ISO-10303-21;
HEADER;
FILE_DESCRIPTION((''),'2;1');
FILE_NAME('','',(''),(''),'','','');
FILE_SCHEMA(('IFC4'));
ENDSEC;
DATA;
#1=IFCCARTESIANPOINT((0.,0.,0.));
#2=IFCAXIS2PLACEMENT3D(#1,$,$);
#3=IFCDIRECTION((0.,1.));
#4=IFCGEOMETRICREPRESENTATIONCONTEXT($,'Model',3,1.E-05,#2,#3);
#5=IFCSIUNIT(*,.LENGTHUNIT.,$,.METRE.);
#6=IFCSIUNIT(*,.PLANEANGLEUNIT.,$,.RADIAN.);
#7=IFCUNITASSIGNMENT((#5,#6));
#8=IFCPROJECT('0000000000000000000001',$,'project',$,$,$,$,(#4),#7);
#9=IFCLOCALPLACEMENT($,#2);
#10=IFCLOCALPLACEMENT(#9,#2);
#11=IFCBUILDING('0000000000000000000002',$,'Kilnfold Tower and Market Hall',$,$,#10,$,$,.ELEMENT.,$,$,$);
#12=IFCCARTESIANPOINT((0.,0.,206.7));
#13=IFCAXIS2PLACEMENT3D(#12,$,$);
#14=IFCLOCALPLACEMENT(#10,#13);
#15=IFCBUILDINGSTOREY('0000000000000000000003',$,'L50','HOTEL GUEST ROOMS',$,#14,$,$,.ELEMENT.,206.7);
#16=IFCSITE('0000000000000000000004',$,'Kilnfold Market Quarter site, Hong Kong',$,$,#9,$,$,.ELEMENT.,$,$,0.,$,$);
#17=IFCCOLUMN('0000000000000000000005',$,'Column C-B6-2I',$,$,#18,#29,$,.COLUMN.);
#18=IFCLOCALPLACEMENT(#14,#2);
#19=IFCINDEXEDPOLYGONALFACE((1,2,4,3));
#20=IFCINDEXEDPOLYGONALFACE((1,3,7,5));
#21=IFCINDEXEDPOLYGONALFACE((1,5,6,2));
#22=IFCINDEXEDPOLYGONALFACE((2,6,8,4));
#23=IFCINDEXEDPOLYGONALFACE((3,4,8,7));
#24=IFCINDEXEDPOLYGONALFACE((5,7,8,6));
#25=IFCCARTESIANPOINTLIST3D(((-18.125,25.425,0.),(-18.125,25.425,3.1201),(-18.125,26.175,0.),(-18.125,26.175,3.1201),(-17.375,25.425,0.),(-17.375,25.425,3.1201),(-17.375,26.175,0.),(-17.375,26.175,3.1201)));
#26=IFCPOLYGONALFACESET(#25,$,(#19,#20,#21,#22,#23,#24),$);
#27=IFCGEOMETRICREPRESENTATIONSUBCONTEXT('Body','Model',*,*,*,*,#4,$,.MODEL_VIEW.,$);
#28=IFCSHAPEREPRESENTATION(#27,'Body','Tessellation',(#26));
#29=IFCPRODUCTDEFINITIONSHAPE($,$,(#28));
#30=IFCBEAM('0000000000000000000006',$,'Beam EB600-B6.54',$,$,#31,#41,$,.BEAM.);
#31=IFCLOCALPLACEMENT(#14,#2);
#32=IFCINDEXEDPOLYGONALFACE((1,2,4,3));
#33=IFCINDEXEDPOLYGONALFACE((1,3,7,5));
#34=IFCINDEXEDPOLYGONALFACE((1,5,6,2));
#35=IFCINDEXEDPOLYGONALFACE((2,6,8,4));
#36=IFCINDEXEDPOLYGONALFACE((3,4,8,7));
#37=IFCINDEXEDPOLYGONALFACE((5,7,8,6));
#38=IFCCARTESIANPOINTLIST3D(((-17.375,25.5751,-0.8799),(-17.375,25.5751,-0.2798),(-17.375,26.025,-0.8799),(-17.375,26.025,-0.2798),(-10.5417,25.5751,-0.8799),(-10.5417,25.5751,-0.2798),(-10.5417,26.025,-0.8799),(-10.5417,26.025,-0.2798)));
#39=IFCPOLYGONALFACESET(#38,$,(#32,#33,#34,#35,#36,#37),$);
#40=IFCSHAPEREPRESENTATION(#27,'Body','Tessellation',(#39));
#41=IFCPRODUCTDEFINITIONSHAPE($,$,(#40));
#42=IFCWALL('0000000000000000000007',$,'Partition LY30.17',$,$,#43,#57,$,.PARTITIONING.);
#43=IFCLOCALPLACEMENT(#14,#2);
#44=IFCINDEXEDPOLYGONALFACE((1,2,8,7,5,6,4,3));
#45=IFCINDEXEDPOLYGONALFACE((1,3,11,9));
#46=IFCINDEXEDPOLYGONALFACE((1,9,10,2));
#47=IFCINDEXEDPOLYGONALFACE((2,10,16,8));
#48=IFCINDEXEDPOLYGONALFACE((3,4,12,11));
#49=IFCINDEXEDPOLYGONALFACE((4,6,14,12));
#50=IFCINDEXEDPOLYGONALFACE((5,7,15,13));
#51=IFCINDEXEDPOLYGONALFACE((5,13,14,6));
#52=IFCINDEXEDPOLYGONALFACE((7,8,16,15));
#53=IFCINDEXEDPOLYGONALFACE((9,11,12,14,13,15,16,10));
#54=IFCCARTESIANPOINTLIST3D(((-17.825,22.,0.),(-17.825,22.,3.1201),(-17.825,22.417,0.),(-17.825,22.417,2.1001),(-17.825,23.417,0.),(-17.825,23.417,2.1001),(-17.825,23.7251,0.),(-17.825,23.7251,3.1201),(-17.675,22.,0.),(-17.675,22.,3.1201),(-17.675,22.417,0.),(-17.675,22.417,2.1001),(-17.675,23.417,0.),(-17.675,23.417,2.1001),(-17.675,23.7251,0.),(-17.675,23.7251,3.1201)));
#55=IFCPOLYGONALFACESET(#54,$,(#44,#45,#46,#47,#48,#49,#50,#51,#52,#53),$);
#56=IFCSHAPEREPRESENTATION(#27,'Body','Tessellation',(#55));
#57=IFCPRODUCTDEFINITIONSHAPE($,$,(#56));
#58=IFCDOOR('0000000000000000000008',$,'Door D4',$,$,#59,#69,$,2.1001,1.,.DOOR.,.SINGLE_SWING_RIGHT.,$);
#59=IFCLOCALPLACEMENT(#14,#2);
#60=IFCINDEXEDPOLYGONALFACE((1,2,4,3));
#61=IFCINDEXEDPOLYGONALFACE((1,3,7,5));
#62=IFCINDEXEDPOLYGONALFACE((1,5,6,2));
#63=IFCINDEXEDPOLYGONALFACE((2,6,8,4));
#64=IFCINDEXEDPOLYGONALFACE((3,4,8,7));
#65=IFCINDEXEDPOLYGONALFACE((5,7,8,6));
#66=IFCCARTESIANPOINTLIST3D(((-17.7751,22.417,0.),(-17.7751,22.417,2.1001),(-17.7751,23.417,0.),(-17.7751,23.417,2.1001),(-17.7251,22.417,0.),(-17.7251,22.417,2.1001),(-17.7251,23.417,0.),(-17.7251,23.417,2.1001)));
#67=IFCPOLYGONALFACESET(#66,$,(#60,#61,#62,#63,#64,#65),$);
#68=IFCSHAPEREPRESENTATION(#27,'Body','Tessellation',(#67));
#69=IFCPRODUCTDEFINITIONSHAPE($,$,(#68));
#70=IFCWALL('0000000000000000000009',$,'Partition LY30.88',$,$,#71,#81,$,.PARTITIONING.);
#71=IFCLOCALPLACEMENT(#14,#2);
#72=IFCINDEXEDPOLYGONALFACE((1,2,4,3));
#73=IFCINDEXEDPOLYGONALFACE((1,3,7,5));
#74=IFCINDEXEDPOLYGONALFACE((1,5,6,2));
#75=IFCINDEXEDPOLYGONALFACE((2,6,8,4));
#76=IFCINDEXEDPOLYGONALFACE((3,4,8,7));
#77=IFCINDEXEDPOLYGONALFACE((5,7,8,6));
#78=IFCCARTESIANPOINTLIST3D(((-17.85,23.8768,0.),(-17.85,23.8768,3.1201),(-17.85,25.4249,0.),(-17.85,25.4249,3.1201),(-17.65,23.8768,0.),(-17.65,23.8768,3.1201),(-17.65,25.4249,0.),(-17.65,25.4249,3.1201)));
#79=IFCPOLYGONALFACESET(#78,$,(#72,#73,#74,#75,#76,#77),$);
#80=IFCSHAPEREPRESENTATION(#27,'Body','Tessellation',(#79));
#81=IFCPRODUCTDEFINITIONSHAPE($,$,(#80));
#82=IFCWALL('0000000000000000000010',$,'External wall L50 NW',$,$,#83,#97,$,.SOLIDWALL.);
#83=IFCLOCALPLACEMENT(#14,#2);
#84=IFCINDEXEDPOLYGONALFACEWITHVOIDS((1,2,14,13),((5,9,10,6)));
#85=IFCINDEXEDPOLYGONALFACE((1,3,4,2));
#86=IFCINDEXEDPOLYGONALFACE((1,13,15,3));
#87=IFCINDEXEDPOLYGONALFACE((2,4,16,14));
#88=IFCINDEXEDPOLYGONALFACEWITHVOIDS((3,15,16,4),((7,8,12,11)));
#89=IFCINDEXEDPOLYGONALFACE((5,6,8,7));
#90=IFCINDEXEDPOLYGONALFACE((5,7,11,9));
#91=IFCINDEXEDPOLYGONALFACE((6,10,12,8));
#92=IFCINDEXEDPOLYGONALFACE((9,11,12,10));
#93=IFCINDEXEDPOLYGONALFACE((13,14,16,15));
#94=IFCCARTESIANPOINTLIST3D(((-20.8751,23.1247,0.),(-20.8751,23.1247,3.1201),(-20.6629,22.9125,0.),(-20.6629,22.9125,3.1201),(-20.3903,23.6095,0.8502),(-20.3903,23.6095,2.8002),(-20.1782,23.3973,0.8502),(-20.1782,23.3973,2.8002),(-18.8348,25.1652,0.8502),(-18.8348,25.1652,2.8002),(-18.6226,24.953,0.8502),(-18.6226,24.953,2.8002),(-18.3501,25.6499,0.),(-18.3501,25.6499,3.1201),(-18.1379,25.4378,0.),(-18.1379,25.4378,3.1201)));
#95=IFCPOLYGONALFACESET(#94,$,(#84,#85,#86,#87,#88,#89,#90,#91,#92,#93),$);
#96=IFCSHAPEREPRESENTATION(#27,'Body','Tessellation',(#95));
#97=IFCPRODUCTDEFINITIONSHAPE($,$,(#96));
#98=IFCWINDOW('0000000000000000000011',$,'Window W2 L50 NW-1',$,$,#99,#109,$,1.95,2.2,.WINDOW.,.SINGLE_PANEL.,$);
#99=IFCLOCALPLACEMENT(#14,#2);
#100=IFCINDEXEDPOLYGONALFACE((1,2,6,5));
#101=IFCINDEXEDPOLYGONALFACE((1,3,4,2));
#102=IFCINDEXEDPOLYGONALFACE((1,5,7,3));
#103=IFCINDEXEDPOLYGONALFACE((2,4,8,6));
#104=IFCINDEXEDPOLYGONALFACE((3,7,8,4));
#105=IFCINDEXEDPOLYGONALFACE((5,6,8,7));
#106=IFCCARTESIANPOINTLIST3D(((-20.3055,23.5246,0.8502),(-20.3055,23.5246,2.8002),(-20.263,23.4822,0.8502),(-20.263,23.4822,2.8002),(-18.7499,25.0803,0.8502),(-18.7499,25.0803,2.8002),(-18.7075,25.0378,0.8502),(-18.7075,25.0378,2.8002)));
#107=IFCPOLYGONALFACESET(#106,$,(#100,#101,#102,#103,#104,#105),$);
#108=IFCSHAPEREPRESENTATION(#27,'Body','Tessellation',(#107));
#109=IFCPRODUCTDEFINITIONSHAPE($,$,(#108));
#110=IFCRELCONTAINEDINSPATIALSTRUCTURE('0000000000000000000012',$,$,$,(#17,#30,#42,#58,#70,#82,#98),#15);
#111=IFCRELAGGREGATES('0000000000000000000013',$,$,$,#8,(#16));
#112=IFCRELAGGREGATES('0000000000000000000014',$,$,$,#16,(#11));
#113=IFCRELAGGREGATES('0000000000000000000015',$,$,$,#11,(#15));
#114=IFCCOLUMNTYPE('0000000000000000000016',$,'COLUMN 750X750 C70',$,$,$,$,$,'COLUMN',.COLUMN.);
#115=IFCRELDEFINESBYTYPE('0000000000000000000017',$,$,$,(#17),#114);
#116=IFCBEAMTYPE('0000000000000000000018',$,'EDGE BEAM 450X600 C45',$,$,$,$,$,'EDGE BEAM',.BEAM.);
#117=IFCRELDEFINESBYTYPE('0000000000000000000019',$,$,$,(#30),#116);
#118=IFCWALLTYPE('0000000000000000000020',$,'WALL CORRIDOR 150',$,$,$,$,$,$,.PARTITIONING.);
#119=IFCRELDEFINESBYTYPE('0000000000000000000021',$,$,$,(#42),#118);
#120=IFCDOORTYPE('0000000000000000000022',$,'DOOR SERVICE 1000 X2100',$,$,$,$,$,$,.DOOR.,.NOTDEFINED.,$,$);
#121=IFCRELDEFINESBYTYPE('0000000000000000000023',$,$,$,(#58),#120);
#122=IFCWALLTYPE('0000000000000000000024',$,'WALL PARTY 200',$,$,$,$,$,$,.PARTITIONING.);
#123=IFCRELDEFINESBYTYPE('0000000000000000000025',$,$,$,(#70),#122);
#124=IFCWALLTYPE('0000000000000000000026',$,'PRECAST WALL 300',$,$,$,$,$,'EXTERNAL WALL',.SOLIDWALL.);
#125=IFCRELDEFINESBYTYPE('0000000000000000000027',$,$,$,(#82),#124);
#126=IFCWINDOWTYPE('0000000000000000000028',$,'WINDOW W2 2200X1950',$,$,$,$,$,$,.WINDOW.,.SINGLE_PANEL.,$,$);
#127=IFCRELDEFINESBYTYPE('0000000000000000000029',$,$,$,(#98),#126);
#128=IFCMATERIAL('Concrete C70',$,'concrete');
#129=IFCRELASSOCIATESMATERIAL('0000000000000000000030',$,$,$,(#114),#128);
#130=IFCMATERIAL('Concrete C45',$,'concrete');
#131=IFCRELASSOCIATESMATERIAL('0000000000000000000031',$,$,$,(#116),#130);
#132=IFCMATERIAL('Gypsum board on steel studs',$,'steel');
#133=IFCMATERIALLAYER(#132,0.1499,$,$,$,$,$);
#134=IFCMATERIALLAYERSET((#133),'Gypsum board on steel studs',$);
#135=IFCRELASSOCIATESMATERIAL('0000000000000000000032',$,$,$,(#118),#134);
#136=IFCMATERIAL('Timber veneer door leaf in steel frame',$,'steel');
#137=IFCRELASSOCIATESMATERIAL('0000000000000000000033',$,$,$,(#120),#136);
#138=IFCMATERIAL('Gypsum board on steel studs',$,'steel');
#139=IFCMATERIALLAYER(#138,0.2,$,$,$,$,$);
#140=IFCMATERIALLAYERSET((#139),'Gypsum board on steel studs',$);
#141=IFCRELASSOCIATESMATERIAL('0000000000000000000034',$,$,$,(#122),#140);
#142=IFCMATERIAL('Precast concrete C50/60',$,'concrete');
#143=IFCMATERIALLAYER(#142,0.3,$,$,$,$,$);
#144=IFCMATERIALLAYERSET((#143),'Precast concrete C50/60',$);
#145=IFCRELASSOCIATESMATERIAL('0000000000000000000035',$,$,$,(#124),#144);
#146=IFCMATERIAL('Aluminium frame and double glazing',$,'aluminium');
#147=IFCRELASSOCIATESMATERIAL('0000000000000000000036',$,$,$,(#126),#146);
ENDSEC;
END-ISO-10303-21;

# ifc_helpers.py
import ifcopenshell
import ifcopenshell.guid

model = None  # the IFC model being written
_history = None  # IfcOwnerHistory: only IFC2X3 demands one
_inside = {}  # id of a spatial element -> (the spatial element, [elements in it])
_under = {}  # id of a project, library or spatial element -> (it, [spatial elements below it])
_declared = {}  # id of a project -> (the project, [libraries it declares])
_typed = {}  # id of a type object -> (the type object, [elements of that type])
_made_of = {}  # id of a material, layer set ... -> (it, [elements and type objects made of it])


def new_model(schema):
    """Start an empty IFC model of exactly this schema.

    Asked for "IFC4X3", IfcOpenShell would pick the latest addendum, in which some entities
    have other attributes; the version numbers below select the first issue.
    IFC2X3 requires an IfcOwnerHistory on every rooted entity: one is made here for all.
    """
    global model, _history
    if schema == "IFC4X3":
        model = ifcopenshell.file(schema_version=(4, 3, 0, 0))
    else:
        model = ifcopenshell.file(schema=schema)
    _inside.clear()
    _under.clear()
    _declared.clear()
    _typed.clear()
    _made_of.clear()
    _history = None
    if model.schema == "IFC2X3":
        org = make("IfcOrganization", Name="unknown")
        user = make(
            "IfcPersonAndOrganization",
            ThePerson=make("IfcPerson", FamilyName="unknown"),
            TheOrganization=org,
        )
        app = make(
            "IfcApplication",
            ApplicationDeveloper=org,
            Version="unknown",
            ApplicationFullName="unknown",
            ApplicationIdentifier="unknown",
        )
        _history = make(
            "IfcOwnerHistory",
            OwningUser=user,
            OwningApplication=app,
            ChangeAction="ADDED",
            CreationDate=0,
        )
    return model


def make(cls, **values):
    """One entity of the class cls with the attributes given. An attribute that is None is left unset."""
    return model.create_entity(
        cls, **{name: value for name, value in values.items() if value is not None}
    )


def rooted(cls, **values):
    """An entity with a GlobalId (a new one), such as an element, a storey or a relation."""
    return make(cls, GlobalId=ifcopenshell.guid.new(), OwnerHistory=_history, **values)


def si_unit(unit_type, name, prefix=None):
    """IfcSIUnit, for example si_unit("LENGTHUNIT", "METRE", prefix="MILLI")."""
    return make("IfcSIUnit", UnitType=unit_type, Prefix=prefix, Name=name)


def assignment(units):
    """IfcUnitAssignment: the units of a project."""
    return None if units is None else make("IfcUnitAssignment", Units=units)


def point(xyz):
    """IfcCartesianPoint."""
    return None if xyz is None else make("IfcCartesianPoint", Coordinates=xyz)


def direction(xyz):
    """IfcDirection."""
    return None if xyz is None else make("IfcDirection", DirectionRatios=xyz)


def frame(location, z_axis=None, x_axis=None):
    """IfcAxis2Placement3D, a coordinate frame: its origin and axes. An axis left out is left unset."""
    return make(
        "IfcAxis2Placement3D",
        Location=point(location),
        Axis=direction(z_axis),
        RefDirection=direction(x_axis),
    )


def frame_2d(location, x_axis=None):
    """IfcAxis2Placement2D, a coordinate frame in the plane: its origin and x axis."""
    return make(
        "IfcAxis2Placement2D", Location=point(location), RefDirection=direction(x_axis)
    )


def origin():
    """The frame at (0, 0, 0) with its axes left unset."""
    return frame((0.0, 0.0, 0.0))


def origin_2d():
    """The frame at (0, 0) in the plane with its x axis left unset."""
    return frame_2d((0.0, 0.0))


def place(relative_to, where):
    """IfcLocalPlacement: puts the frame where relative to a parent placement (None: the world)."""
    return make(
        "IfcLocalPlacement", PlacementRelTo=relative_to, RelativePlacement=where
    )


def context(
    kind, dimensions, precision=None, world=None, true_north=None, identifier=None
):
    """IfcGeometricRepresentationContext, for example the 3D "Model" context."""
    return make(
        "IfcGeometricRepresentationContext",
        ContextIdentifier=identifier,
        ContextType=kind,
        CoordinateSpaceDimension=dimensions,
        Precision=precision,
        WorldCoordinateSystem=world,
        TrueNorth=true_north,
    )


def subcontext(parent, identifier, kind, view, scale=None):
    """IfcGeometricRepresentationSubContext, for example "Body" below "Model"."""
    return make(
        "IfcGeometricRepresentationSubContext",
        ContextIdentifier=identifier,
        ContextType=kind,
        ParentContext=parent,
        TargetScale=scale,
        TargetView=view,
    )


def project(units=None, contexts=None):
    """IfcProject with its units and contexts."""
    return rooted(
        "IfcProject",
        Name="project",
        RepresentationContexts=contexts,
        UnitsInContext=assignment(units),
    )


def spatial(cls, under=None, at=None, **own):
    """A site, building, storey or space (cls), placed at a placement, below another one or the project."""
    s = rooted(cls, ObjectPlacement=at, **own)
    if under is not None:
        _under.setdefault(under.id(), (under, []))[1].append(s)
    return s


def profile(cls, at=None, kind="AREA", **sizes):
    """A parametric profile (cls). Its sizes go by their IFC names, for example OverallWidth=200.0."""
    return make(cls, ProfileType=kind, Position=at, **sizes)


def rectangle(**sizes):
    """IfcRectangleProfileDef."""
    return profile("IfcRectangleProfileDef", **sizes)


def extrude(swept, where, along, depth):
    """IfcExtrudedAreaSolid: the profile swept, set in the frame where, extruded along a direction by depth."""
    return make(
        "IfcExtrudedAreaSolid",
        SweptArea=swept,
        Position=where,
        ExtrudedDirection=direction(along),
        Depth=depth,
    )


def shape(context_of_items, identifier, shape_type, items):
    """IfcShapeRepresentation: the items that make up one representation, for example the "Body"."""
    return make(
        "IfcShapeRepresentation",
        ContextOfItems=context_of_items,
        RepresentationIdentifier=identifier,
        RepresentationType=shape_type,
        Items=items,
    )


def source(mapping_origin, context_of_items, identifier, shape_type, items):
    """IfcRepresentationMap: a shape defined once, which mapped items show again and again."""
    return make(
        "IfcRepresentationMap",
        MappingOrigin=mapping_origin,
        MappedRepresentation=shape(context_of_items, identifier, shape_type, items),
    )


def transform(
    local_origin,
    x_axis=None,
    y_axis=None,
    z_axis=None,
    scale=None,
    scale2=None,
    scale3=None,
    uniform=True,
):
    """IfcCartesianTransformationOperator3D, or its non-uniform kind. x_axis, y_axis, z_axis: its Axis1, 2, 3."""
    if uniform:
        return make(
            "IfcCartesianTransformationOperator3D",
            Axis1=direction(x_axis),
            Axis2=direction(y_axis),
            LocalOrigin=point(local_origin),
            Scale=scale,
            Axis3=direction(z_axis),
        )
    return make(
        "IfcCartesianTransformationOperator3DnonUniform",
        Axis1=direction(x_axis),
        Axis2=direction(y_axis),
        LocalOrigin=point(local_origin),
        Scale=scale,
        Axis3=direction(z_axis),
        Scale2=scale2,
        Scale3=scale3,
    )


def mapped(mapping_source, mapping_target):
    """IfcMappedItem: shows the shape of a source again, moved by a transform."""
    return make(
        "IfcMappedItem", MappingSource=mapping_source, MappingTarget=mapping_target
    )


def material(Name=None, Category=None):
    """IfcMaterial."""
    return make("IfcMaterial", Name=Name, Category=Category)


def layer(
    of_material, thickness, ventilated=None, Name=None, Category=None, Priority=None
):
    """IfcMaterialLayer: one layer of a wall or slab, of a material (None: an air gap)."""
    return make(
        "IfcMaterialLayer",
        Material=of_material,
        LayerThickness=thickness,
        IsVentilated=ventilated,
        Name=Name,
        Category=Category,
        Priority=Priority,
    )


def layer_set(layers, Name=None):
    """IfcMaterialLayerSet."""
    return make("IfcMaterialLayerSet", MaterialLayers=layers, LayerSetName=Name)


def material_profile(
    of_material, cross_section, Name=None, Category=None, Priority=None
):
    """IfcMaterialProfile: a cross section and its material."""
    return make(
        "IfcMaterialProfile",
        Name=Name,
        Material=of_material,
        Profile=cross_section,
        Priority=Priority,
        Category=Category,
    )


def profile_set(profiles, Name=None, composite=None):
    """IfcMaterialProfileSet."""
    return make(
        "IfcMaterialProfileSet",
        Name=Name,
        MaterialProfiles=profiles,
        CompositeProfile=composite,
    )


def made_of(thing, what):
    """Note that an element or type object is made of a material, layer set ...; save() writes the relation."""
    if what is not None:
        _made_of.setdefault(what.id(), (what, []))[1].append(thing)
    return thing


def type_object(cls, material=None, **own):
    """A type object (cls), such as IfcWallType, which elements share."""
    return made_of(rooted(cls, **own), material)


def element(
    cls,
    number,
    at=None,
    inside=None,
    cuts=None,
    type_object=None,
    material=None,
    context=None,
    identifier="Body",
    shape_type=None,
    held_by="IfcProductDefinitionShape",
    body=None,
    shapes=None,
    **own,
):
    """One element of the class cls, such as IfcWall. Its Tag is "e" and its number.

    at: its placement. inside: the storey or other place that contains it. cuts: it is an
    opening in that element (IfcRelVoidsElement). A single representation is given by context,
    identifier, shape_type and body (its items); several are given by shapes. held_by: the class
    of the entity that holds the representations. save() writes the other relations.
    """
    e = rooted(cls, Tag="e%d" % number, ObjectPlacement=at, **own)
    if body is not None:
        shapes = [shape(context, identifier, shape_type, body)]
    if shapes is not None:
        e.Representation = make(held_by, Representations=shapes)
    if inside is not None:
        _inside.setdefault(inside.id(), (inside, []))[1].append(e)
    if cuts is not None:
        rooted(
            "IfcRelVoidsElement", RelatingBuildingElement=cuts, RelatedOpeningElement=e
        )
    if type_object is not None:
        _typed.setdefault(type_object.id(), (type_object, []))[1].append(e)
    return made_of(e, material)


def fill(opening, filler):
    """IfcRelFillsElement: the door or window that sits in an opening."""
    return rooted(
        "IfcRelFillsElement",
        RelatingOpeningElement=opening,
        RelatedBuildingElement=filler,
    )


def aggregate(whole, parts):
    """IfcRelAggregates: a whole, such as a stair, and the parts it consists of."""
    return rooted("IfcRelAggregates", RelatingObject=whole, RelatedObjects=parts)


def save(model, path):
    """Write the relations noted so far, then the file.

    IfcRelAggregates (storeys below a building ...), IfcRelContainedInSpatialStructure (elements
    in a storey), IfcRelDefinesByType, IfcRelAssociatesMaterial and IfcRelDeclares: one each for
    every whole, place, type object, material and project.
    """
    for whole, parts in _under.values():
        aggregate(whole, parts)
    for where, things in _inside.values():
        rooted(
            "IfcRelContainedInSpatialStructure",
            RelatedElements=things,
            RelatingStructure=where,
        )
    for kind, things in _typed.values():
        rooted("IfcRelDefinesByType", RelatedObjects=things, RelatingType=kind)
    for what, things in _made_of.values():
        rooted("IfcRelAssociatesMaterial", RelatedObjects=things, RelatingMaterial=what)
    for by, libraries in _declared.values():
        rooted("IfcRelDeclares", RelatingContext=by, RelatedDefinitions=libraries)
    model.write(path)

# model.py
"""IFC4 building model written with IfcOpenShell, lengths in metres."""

from ifc_helpers import new_model, si_unit, direction, frame, frame_2d, origin, origin_2d, place, context, subcontext, project, spatial, rectangle, extrude, source, transform, mapped, material, layer, layer_set, material_profile, profile_set, type_object, element, fill, save


model = new_model("IFC4")

# Units and contexts
model_context = context("Model", 3, precision=1e-05, world=origin(), true_north=direction((0.0, 1.0)))
body_context = subcontext(model_context, "Body", "Model", "MODEL_VIEW")
ifc_project = project(units=[si_unit("LENGTHUNIT", "METRE"), si_unit("PLANEANGLEUNIT", "RADIAN")], contexts=[model_context])

# Site, building, storey
site_placement = place(None, origin())
site = spatial("IfcSite", under=ifc_project, at=site_placement, Name="Kilnfold Market Quarter site, Hong Kong", CompositionType="ELEMENT", RefElevation=0.0)
building_placement = place(site_placement, origin())
building = spatial("IfcBuilding", under=site, at=building_placement, Name="Kilnfold Tower and Market Hall", CompositionType="ELEMENT")
storey_placement = place(building_placement, frame((0.0, 0.0, 206.7)))
storey = spatial("IfcBuildingStorey", under=building, at=storey_placement, Name="L50", Description="HOTEL GUEST ROOMS", CompositionType="ELEMENT", Elevation=206.7)

# Column
ifc_material_1 = material(Name="Concrete C70", Category="concrete")
ifc_material_profile_1 = material_profile(ifc_material_1, rectangle(XDim=0.75, YDim=0.75, at=origin_2d()), Name="RC 750x750")
ifc_profile_set_1 = profile_set([ifc_material_profile_1], Name="Concrete C70")
column_type = type_object("IfcColumnType", Name="COLUMN 750X750 C70", ElementType="COLUMN", PredefinedType="COLUMN", material=ifc_profile_set_1)
shared_shape_1 = source(origin(), body_context, "Body", "SweptSolid", [
    extrude(rectangle(XDim=0.75, YDim=0.75, at=origin_2d()), origin(), (0.0, 0.0, 1.0), 3.1201),
])
column_placement = place(storey_placement, frame((-17.75, 25.8, 0.0), z_axis=(0.0, 0.0, 1.0), x_axis=(1.0, 0.0, 0.0)))
element("IfcColumn", 1, at=column_placement, inside=storey, type_object=column_type, Name="Column C-B6-2I", PredefinedType="COLUMN", context=body_context, shape_type="MappedRepresentation", body=[
    mapped(shared_shape_1, transform((0.0, 0.0, 0.0))),
])

# Beam
ifc_material_2 = material(Name="Concrete C45", Category="concrete")
ifc_material_profile_2 = material_profile(ifc_material_2, rectangle(XDim=0.45, YDim=0.6001, at=origin_2d()), Name="RC 450x600")
ifc_profile_set_2 = profile_set([ifc_material_profile_2], Name="Concrete C45")
beam_type = type_object("IfcBeamType", Name="EDGE BEAM 450X600 C45", ElementType="EDGE BEAM", PredefinedType="BEAM", material=ifc_profile_set_2)
shared_shape_2 = source(origin(), body_context, "Body", "SweptSolid", [
    extrude(rectangle(XDim=0.45, YDim=0.6001, at=origin_2d()), origin(), (0.0, 0.0, 1.0), 6.8333),
])
beam_placement = place(storey_placement, frame((-17.375, 25.8, -0.5798), z_axis=(1.0, 0.0, 0.0), x_axis=(0.0, 1.0, 0.0)))
element("IfcBeam", 2, at=beam_placement, inside=storey, type_object=beam_type, Name="Beam EB600-B6.54", PredefinedType="BEAM", context=body_context, shape_type="MappedRepresentation", body=[
    mapped(shared_shape_2, transform((0.0, 0.0, 0.0))),
])

# Wall, opening, door
ifc_material_3 = material(Name="Gypsum board on steel studs", Category="steel")
ifc_layer_1 = layer(ifc_material_3, 0.1499)
ifc_layer_set_1 = layer_set([ifc_layer_1], Name="Gypsum board on steel studs")
wall_type_1 = type_object("IfcWallType", Name="WALL CORRIDOR 150", PredefinedType="PARTITIONING", material=ifc_layer_set_1)
wall_1_placement = place(storey_placement, frame((-17.75, 23.7251, 0.0), z_axis=(0.0, 0.0, 1.0), x_axis=(0.0, -1.0, 0.0)))
wall_1 = element("IfcWall", 3, at=wall_1_placement, inside=storey, type_object=wall_type_1, Name="Partition LY30.17", PredefinedType="PARTITIONING", context=body_context, shape_type="SweptSolid", body=[
    extrude(rectangle(XDim=1.7251, YDim=0.1499, at=frame_2d((0.8625, 0.0))), origin(), (0.0, 0.0, 1.0), 3.1201),
])
opening_1_placement = place(wall_1_placement, frame((0.3081, 0.0, 0.0)))
opening_1 = element("IfcOpeningElement", 4, at=opening_1_placement, cuts=wall_1, PredefinedType="OPENING", context=body_context, shape_type="SweptSolid", body=[
    extrude(rectangle(XDim=1.0, YDim=2.1001, at=frame_2d((0.5, 1.05))), frame((0.0, 0.085, 0.0), z_axis=(0.0, -1.0, 0.0), x_axis=(1.0, 0.0, 0.0)), (0.0, 0.0, 1.0), 0.1699),
])
ifc_material_4 = material(Name="Timber veneer door leaf in steel frame", Category="steel")
door_type_1 = type_object("IfcDoorType", Name="DOOR SERVICE 1000 X2100", OperationType="NOTDEFINED", PredefinedType="DOOR", material=ifc_material_4)
door_1_placement = place(opening_1_placement, origin())
door_1 = element("IfcDoor", 5, at=door_1_placement, inside=storey, type_object=door_type_1, Name="Door D4", OperationType="SINGLE_SWING_RIGHT", OverallHeight=2.1001, OverallWidth=1.0, PredefinedType="DOOR", context=body_context, shape_type="SweptSolid", body=[
    extrude(rectangle(XDim=1.0, YDim=2.1001, at=frame_2d((0.5, 1.05))), frame((0.0, 0.0249, 0.0), z_axis=(0.0, -1.0, 0.0), x_axis=(1.0, 0.0, 0.0)), (0.0, 0.0, 1.0), 0.05),
])
fill(opening_1, door_1)

# Wall
ifc_material_5 = material(Name="Gypsum board on steel studs", Category="steel")
ifc_layer_2 = layer(ifc_material_5, 0.2)
ifc_layer_set_2 = layer_set([ifc_layer_2], Name="Gypsum board on steel studs")
wall_type_2 = type_object("IfcWallType", Name="WALL PARTY 200", PredefinedType="PARTITIONING", material=ifc_layer_set_2)
wall_2_placement = place(storey_placement, frame((-17.75, 23.877, 0.0), z_axis=(0.0, 0.0, 1.0), x_axis=(0.0, 1.0, 0.0)))
element("IfcWall", 6, at=wall_2_placement, inside=storey, type_object=wall_type_2, Name="Partition LY30.88", PredefinedType="PARTITIONING", context=body_context, shape_type="SweptSolid", body=[
    extrude(rectangle(XDim=1.5481, YDim=0.2, at=frame_2d((0.7739, 0.0))), origin(), (0.0, 0.0, 1.0), 3.1201),
])

# Wall, opening, window
ifc_material_6 = material(Name="Precast concrete C50/60", Category="concrete")
ifc_layer_3 = layer(ifc_material_6, 0.3)
ifc_layer_set_3 = layer_set([ifc_layer_3], Name="Precast concrete C50/60")
wall_type_3 = type_object("IfcWallType", Name="PRECAST WALL 300", ElementType="EXTERNAL WALL", PredefinedType="SOLIDWALL", material=ifc_layer_set_3)
shared_shape_3 = source(origin(), body_context, "Body", "SweptSolid", [
    extrude(rectangle(XDim=3.571, YDim=0.3, at=frame_2d((1.7856, 0.0))), origin(), (0.0, 0.0, 1.0), 3.1201),
])
wall_3_placement = place(storey_placement, frame((-18.2439, 25.5439, 0.0), z_axis=(0.0, 0.0, 1.0), x_axis=(-0.707073, -0.707141, 0.0)))
wall_3 = element("IfcWall", 7, at=wall_3_placement, inside=storey, type_object=wall_type_3, Name="External wall L50 NW", PredefinedType="SOLIDWALL", context=body_context, shape_type="MappedRepresentation", body=[
    mapped(shared_shape_3, transform((0.0, 0.0, 0.0))),
])
opening_2_placement = place(wall_3_placement, frame((0.6855, 0.0, 0.8501)))
opening_2 = element("IfcOpeningElement", 8, at=opening_2_placement, cuts=wall_3, PredefinedType="OPENING", context=body_context, shape_type="SweptSolid", body=[
    extrude(rectangle(XDim=2.2, YDim=1.95, at=frame_2d((1.1001, 0.9751))), frame((0.0, 0.1602, 0.0), z_axis=(0.0, -1.0, 0.0), x_axis=(1.0, 0.0, 0.0)), (0.0, 0.0, 1.0), 0.3201),
])
ifc_material_7 = material(Name="Aluminium frame and double glazing", Category="aluminium")
window_type = type_object("IfcWindowType", Name="WINDOW W2 2200X1950", PartitioningType="SINGLE_PANEL", PredefinedType="WINDOW", material=ifc_material_7)
window_placement = place(opening_2_placement, origin())
window = element("IfcWindow", 9, at=window_placement, inside=storey, type_object=window_type, Name="Window W2 L50 NW-1", OverallHeight=1.95, OverallWidth=2.2, PartitioningType="SINGLE_PANEL", PredefinedType="WINDOW", context=body_context, shape_type="SweptSolid", body=[
    extrude(rectangle(XDim=2.2, YDim=1.95, at=frame_2d((1.1001, 0.9751))), frame((0.0, 0.03, 0.0), z_axis=(0.0, -1.0, 0.0), x_axis=(1.0, 0.0, 0.0)), (0.0, 0.0, 1.0), 0.0601),
])
fill(opening_2, window)

save(model, "model.ifc")
